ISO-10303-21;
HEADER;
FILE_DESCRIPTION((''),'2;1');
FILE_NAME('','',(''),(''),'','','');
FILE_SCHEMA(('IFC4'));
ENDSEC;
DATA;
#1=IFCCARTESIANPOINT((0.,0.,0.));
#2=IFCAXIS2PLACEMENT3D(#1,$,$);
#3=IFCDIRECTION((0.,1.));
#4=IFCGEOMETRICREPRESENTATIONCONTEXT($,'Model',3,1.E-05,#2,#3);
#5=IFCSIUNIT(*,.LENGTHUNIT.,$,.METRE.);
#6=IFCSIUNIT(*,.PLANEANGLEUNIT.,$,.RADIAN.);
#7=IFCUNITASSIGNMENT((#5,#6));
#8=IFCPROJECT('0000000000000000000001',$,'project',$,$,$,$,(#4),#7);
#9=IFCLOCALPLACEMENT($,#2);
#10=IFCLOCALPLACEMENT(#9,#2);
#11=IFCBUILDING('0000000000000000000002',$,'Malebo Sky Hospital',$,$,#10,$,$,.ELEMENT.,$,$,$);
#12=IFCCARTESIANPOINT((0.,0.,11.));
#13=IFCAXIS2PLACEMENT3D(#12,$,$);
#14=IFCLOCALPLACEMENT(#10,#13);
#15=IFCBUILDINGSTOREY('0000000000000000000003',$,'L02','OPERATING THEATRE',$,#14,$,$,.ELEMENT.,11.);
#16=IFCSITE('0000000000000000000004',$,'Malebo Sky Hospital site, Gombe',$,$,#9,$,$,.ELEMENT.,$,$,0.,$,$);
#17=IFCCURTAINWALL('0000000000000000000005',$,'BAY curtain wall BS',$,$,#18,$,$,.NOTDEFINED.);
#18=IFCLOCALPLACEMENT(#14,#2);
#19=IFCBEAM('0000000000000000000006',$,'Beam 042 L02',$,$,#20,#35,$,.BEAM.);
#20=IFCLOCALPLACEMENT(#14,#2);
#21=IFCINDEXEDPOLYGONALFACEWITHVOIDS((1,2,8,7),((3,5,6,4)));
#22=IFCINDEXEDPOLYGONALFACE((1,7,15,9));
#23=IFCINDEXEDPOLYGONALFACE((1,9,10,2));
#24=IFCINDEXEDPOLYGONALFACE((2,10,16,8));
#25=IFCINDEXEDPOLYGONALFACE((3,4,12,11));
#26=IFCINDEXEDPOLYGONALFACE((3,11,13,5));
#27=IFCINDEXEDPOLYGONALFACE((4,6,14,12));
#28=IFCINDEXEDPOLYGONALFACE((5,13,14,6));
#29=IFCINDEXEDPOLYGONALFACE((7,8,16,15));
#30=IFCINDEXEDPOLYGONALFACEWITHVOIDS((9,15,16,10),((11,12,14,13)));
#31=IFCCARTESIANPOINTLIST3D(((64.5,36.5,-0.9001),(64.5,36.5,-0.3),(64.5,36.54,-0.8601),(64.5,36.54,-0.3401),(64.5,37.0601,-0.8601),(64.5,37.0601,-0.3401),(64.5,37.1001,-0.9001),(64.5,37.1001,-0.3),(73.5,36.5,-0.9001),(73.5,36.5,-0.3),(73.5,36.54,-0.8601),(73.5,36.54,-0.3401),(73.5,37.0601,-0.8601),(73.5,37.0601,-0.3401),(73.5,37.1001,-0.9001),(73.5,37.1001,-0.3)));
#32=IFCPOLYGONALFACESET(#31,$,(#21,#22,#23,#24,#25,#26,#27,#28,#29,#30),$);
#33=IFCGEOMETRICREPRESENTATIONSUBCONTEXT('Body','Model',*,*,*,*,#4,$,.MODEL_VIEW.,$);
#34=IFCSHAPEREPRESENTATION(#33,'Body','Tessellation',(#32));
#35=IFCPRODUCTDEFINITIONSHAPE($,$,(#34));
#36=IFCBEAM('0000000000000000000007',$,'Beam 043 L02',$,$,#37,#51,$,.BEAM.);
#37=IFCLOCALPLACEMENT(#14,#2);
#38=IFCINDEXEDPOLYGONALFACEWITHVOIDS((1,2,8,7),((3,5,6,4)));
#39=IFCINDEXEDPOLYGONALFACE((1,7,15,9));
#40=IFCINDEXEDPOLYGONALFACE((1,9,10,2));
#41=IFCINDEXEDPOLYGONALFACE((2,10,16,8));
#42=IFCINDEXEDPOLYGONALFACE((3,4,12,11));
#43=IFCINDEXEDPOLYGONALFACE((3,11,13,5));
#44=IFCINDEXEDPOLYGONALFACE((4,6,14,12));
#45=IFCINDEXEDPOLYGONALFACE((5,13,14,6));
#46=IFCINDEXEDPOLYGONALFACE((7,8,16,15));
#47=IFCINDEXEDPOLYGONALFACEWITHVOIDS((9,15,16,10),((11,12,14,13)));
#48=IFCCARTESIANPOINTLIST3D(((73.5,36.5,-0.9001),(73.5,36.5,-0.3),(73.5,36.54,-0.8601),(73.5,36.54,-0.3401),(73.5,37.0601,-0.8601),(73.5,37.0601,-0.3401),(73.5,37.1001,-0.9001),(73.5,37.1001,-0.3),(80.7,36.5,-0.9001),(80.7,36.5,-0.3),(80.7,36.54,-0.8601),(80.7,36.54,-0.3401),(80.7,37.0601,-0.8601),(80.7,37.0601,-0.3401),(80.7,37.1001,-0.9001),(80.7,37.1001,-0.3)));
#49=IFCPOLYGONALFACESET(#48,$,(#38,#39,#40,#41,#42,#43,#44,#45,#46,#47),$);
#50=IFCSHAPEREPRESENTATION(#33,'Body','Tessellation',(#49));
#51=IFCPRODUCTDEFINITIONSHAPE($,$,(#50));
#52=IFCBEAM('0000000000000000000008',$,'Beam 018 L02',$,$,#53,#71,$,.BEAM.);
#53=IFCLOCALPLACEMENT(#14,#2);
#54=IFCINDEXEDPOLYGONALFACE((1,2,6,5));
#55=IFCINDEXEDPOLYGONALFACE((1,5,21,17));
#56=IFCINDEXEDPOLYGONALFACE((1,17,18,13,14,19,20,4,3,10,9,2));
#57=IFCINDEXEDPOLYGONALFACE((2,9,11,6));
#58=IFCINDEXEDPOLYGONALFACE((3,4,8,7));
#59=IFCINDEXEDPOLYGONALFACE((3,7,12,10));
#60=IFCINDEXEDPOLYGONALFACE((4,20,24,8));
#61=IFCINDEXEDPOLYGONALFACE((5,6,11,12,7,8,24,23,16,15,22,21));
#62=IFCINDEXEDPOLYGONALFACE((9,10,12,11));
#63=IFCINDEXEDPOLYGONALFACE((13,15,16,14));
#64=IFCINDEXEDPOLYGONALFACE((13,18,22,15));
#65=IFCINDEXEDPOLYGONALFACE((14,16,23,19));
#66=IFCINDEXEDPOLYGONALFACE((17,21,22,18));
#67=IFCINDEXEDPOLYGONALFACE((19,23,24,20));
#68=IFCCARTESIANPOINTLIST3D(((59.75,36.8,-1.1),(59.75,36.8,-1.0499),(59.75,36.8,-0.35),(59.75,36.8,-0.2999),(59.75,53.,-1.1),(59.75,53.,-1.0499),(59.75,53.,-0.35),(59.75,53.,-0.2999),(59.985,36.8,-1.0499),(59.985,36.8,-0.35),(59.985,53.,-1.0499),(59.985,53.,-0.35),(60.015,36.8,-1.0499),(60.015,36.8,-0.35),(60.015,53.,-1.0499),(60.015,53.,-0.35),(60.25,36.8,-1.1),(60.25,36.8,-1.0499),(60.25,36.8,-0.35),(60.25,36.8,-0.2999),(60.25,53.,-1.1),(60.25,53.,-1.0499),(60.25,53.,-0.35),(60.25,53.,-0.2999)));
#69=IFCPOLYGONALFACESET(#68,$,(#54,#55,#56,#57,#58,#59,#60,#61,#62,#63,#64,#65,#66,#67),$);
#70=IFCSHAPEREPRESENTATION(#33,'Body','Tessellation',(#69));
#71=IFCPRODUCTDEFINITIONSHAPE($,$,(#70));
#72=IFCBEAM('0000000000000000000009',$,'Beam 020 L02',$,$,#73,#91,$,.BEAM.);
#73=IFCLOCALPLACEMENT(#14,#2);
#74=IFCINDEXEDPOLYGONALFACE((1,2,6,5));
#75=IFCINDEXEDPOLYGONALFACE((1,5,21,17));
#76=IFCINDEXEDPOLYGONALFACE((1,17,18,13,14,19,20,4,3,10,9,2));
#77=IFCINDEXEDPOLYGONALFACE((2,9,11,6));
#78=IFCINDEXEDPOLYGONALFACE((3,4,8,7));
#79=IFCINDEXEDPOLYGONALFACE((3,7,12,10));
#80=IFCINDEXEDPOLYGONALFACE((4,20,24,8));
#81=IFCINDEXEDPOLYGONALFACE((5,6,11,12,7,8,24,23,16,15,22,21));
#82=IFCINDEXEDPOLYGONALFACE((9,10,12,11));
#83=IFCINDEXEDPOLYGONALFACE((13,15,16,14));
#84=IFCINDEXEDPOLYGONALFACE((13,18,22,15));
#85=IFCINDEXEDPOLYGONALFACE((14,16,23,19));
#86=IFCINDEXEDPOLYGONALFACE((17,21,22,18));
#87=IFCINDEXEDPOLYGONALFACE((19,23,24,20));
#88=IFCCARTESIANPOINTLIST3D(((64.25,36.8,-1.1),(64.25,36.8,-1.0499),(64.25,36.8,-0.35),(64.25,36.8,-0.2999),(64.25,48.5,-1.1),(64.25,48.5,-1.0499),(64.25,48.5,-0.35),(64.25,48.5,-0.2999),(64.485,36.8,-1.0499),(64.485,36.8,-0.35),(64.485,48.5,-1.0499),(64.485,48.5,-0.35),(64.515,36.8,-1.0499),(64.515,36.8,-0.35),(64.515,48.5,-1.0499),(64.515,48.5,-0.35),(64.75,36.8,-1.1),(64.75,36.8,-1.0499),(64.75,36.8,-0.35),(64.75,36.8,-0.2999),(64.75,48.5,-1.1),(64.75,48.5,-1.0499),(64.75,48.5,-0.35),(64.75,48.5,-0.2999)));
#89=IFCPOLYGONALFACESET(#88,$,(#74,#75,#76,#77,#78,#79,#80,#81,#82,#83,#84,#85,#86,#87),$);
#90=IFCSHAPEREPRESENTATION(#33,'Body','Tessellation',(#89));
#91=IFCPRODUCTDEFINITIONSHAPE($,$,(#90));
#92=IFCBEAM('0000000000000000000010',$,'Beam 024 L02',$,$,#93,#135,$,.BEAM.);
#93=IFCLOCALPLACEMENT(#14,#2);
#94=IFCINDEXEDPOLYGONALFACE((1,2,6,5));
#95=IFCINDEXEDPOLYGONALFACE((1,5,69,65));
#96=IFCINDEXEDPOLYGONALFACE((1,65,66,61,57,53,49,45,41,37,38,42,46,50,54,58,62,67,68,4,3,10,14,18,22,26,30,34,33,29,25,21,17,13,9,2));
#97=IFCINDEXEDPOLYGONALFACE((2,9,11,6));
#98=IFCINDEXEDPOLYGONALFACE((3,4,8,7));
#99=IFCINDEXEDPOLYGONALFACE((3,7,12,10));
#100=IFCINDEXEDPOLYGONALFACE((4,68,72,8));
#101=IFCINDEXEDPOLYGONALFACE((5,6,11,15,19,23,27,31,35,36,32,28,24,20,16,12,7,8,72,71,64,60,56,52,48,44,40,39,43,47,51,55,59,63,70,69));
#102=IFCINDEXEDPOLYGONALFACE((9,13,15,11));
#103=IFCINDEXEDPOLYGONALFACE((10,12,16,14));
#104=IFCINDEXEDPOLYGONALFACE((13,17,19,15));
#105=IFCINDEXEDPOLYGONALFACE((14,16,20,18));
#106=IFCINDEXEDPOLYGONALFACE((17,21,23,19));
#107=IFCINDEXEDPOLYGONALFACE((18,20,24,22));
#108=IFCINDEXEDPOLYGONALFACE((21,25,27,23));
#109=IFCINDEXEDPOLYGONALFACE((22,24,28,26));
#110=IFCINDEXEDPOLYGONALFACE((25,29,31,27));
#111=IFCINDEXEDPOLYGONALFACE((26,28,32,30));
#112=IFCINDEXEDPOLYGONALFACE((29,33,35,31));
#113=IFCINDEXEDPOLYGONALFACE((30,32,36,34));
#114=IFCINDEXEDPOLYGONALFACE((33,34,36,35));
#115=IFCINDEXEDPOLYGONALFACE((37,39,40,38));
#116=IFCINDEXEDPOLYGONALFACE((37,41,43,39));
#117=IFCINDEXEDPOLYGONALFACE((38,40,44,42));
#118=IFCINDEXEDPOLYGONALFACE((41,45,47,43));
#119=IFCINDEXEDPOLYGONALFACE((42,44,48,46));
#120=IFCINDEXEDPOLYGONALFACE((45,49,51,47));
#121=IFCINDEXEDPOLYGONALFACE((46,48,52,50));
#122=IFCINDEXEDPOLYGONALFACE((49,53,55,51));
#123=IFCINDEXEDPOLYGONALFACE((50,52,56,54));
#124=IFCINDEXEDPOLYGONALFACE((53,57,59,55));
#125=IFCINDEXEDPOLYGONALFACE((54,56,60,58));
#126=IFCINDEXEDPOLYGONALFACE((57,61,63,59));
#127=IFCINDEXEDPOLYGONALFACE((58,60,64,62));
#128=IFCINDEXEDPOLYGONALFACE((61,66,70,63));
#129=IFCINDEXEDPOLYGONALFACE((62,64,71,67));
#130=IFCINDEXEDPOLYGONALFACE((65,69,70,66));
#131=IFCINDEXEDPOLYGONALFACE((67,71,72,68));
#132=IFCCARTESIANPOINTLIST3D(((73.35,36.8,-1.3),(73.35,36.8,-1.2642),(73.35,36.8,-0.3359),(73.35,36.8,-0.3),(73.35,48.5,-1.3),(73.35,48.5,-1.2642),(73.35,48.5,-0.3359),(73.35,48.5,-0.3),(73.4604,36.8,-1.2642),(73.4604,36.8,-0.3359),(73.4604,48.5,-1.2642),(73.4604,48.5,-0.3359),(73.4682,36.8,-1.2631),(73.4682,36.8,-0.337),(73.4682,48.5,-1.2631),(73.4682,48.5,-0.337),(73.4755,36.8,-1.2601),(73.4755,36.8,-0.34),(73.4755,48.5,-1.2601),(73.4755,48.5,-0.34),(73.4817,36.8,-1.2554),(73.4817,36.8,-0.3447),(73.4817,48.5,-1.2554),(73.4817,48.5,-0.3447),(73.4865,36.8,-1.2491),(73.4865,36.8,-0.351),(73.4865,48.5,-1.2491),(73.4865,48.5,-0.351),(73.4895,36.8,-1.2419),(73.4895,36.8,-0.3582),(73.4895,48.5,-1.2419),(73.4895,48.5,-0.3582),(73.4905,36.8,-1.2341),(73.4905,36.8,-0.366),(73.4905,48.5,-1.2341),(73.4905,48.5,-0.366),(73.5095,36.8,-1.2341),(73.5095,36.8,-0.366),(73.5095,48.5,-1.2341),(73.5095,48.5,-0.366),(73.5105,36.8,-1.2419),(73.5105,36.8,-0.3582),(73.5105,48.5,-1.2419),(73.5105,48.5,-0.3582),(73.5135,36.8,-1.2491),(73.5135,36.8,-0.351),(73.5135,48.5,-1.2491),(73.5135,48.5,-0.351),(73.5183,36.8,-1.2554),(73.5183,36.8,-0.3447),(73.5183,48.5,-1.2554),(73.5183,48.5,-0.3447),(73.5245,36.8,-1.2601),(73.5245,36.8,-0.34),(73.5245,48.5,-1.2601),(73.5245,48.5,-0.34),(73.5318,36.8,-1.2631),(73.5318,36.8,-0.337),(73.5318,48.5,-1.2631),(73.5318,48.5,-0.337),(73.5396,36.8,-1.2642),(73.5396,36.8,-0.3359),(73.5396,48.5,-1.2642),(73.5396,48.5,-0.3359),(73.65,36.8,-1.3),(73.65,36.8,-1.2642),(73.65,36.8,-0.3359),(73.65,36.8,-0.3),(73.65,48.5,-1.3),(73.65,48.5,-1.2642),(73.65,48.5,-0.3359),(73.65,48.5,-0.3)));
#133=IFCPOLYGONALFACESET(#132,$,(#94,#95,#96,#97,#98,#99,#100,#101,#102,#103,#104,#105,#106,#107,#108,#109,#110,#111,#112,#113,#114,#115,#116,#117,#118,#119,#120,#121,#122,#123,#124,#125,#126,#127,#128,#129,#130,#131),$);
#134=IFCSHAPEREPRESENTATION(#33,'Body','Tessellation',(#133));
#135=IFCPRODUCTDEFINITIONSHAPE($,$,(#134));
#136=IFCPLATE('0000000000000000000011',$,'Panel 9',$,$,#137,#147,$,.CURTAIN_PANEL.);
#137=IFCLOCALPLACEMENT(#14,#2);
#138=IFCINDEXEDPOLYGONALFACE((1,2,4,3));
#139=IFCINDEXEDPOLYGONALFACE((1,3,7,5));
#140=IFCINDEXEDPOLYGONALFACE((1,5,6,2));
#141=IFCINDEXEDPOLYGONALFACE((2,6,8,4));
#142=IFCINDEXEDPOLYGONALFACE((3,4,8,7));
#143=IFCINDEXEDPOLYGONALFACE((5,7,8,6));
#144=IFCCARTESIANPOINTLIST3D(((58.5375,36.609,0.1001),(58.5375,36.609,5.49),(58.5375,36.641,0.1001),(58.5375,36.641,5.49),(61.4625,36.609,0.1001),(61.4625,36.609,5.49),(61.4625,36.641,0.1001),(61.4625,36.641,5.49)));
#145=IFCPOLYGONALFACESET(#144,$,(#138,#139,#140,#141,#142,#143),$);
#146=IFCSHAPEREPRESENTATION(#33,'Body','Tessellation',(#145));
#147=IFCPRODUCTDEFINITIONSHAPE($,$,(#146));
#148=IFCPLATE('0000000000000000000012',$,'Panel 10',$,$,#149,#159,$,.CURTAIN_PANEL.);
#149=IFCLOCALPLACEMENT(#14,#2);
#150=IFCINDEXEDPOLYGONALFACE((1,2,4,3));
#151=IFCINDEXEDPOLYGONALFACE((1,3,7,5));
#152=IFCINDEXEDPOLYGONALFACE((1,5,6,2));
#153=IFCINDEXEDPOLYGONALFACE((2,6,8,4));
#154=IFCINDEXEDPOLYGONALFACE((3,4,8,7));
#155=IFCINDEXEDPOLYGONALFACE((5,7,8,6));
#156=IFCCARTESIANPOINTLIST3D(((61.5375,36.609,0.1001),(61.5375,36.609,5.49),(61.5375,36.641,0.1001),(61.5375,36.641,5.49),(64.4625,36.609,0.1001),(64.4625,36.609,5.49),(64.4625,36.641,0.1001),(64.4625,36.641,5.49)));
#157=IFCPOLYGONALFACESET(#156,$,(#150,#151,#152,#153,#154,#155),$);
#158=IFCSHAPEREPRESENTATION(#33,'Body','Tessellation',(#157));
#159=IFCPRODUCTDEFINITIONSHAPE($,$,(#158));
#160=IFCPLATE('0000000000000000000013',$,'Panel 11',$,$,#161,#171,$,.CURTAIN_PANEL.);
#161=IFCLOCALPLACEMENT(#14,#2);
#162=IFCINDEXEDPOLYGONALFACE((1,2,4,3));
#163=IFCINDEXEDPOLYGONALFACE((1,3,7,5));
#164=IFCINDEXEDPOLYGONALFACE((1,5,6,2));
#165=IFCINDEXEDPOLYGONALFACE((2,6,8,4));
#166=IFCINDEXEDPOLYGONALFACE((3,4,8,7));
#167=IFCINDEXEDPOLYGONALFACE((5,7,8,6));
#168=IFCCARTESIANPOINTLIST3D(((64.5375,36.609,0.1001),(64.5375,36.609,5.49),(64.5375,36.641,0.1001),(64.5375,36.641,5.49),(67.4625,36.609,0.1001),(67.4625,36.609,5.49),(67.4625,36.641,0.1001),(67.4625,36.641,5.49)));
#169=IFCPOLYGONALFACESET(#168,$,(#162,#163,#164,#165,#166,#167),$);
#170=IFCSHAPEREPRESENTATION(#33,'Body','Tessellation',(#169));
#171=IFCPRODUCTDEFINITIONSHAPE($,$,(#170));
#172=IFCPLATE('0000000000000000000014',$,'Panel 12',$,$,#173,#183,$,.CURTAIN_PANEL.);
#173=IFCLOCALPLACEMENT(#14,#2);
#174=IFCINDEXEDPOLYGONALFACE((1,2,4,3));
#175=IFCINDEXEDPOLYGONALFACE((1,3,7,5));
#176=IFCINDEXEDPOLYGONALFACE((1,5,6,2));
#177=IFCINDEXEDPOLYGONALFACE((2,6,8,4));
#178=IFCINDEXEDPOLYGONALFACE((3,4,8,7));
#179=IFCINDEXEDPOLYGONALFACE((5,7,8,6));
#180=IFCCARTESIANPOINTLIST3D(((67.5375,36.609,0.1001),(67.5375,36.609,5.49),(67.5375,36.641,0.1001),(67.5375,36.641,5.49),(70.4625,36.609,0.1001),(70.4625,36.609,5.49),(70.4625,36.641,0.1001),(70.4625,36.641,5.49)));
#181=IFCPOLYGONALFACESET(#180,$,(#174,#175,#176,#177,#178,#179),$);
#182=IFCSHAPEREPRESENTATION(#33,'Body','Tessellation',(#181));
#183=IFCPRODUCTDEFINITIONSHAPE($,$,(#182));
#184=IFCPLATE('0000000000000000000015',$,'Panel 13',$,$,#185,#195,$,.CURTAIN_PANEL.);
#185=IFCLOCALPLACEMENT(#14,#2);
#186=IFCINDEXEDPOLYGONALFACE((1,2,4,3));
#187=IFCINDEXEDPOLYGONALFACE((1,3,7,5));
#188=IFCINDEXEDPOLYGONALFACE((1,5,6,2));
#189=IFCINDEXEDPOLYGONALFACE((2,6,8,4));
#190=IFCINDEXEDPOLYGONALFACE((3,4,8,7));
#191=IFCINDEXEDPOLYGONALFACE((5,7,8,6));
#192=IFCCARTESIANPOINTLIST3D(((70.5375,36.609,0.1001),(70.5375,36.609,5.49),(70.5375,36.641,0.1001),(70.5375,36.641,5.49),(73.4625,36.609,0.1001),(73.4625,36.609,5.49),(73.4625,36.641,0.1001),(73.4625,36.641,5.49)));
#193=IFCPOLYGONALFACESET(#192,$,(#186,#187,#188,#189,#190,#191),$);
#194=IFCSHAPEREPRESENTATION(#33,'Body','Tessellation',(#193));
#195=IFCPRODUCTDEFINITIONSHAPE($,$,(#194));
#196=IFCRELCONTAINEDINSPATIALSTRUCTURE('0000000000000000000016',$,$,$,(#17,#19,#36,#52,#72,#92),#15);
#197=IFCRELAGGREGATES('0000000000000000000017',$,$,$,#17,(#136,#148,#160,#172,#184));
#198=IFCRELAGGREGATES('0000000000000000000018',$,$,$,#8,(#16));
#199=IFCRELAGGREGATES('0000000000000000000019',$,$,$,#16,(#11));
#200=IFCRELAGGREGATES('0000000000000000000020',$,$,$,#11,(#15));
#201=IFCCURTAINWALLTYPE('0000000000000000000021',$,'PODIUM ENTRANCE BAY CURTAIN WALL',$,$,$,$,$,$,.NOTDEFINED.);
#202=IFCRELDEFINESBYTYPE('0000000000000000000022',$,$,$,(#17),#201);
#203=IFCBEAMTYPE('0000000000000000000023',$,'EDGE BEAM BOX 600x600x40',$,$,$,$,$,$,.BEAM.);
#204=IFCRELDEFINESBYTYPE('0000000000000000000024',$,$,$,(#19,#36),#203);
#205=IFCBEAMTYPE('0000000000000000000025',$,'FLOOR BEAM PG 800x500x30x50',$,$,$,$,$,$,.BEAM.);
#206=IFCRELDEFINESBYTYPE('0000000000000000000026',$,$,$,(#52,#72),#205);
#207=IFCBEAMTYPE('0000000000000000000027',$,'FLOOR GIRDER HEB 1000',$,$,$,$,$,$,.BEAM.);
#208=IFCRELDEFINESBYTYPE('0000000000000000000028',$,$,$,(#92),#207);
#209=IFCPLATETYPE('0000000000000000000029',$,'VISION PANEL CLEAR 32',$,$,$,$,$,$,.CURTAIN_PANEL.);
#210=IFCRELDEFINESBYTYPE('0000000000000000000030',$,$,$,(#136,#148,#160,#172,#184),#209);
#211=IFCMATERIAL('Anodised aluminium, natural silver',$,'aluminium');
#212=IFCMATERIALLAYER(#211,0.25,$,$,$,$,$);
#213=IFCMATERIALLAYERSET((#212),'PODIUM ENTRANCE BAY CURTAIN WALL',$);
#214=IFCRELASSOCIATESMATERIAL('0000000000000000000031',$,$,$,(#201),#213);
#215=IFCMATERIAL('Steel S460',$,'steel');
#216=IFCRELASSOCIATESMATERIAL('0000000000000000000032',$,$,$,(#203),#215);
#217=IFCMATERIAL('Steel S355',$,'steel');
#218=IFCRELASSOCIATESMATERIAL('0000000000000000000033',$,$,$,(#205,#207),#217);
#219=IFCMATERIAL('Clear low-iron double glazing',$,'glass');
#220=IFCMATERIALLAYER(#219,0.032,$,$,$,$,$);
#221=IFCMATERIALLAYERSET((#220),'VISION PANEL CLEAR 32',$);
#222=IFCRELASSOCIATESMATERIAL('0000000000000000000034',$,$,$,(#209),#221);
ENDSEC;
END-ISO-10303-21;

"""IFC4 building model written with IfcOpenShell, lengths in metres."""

from ifc_helpers import new_model, si_unit, direction, frame, origin, origin_2d, place, context, subcontext, project, spatial, rectangle, hollow_rectangle, i_section, extrude, material, layer, layer_set, material_profile, profile_set, type_object, element, aggregate, save


model = new_model("IFC4")

# Units and contexts
model_context = context("Model", 3, precision=1e-05, world=origin(), true_north=direction((0.0, 1.0)))
body_context = subcontext(model_context, "Body", "Model", "MODEL_VIEW")
ifc_project = project(units=[si_unit("LENGTHUNIT", "METRE"), si_unit("PLANEANGLEUNIT", "RADIAN")], contexts=[model_context])

# Site, building, storey
site_placement = place(None, origin())
site = spatial("IfcSite", under=ifc_project, at=site_placement, Name="Malebo Sky Hospital site, Gombe", CompositionType="ELEMENT", RefElevation=0.0)
building_placement = place(site_placement, origin())
building = spatial("IfcBuilding", under=site, at=building_placement, Name="Malebo Sky Hospital", CompositionType="ELEMENT")
storey_placement = place(building_placement, frame((0.0, 0.0, 11.0)))
storey = spatial("IfcBuildingStorey", under=building, at=storey_placement, Name="L02", Description="OPERATING THEATRE", CompositionType="ELEMENT", Elevation=11.0)

# Shared definitions
ifc_material_1 = material(Name="Steel S460", Category="steel")

# Curtain wall
ifc_material_2 = material(Name="Anodised aluminium, natural silver", Category="aluminium")
ifc_layer_1 = layer(ifc_material_2, 0.25)
ifc_layer_set_1 = layer_set([ifc_layer_1], Name="PODIUM ENTRANCE BAY CURTAIN WALL")
curtain_wall_type = type_object("IfcCurtainWallType", Name="PODIUM ENTRANCE BAY CURTAIN WALL", PredefinedType="NOTDEFINED", material=ifc_layer_set_1)
curtain_wall_placement = place(storey_placement, origin())
curtain_wall = element("IfcCurtainWall", 1, at=curtain_wall_placement, inside=storey, type_object=curtain_wall_type, Name="BAY curtain wall BS", PredefinedType="NOTDEFINED")

# Beams
ifc_material_profile_1 = material_profile(ifc_material_1, hollow_rectangle(XDim=0.6001, YDim=0.6001, WallThickness=0.04, at=origin_2d()), Name="BOX 600x600x40")
ifc_profile_set_1 = profile_set([ifc_material_profile_1], Name="Steel S460")
beam_type_1 = type_object("IfcBeamType", Name="EDGE BEAM BOX 600x600x40", PredefinedType="BEAM", material=ifc_profile_set_1)
beam_1_placement = place(storey_placement, frame((64.5, 36.8, -0.6001), z_axis=(1.0, 0.0, 0.0), x_axis=(0.0, 1.0, 0.0)))
element("IfcBeam", 2, at=beam_1_placement, inside=storey, type_object=beam_type_1, Name="Beam 042 L02", PredefinedType="BEAM", context=body_context, shape_type="SweptSolid", body=[
    extrude(hollow_rectangle(XDim=0.6001, YDim=0.6001, WallThickness=0.04, at=origin_2d()), origin(), (0.0, 0.0, 1.0), 9.0),
])
beam_2_placement = place(storey_placement, frame((73.5, 36.8, -0.6001), z_axis=(1.0, 0.0, 0.0), x_axis=(0.0, 1.0, 0.0)))
element("IfcBeam", 3, at=beam_2_placement, inside=storey, type_object=beam_type_1, Name="Beam 043 L02", PredefinedType="BEAM", context=body_context, shape_type="SweptSolid", body=[
    extrude(hollow_rectangle(XDim=0.6001, YDim=0.6001, WallThickness=0.04, at=origin_2d()), origin(), (0.0, 0.0, 1.0), 7.2),
])
ifc_material_3 = material(Name="Steel S355", Category="steel")
ifc_material_profile_2 = material_profile(ifc_material_3, i_section(OverallWidth=0.5, OverallDepth=0.8, WebThickness=0.03, FlangeThickness=0.05, at=origin_2d()), Name="PG 800x500x30x50")
ifc_profile_set_2 = profile_set([ifc_material_profile_2], Name="Steel S355")
beam_type_2 = type_object("IfcBeamType", Name="FLOOR BEAM PG 800x500x30x50", PredefinedType="BEAM", material=ifc_profile_set_2)
beam_3_placement = place(storey_placement, frame((60.0, 36.8, -0.7), z_axis=(0.0, 1.0, 0.0), x_axis=(-1.0, 0.0, 0.0)))
element("IfcBeam", 4, at=beam_3_placement, inside=storey, type_object=beam_type_2, Name="Beam 018 L02", PredefinedType="BEAM", context=body_context, shape_type="SweptSolid", body=[
    extrude(i_section(OverallWidth=0.5, OverallDepth=0.8, WebThickness=0.03, FlangeThickness=0.05, at=origin_2d()), origin(), (0.0, 0.0, 1.0), 16.2),
])
beam_4_placement = place(storey_placement, frame((64.5, 36.8, -0.7), z_axis=(0.0, 1.0, 0.0), x_axis=(-1.0, 0.0, 0.0)))
element("IfcBeam", 5, at=beam_4_placement, inside=storey, type_object=beam_type_2, Name="Beam 020 L02", PredefinedType="BEAM", context=body_context, shape_type="SweptSolid", body=[
    extrude(i_section(OverallWidth=0.5, OverallDepth=0.8, WebThickness=0.03, FlangeThickness=0.05, at=origin_2d()), origin(), (0.0, 0.0, 1.0), 11.7),
])
ifc_material_profile_3 = material_profile(ifc_material_3, i_section(OverallWidth=0.3, OverallDepth=1.0, WebThickness=0.019, FlangeThickness=0.0359, FilletRadius=0.03, at=origin_2d()), Name="HEB 1000")
ifc_profile_set_3 = profile_set([ifc_material_profile_3], Name="Steel S355")
beam_type_3 = type_object("IfcBeamType", Name="FLOOR GIRDER HEB 1000", PredefinedType="BEAM", material=ifc_profile_set_3)
beam_5_placement = place(storey_placement, frame((73.5, 36.8, -0.8), z_axis=(0.0, 1.0, 0.0), x_axis=(-1.0, 0.0, 0.0)))
element("IfcBeam", 6, at=beam_5_placement, inside=storey, type_object=beam_type_3, Name="Beam 024 L02", PredefinedType="BEAM", context=body_context, shape_type="SweptSolid", body=[
    extrude(i_section(OverallWidth=0.3, OverallDepth=1.0, WebThickness=0.019, FlangeThickness=0.0359, FilletRadius=0.03, at=origin_2d()), origin(), (0.0, 0.0, 1.0), 11.7),
])

# Plates
ifc_material_4 = material(Name="Clear low-iron double glazing", Category="glass")
ifc_layer_2 = layer(ifc_material_4, 0.032)
ifc_layer_set_2 = layer_set([ifc_layer_2], Name="VISION PANEL CLEAR 32")
plate_type = type_object("IfcPlateType", Name="VISION PANEL CLEAR 32", PredefinedType="CURTAIN_PANEL", material=ifc_layer_set_2)
plate_1_placement = place(storey_placement, frame((60.0, 36.625, 0.1001), z_axis=(0.0, 0.0, 1.0), x_axis=(1.0, 0.0, 0.0)))
plate_1 = element("IfcPlate", 7, at=plate_1_placement, type_object=plate_type, Name="Panel 9", PredefinedType="CURTAIN_PANEL", context=body_context, shape_type="SweptSolid", body=[
    extrude(rectangle(XDim=2.925, YDim=0.032, at=origin_2d()), origin(), (0.0, 0.0, 1.0), 5.3899),
])
plate_2_placement = place(storey_placement, frame((63.0, 36.625, 0.1001), z_axis=(0.0, 0.0, 1.0), x_axis=(1.0, 0.0, 0.0)))
plate_2 = element("IfcPlate", 8, at=plate_2_placement, type_object=plate_type, Name="Panel 10", PredefinedType="CURTAIN_PANEL", context=body_context, shape_type="SweptSolid", body=[
    extrude(rectangle(XDim=2.925, YDim=0.032, at=origin_2d()), origin(), (0.0, 0.0, 1.0), 5.3899),
])
plate_3_placement = place(storey_placement, frame((66.0, 36.625, 0.1001), z_axis=(0.0, 0.0, 1.0), x_axis=(1.0, 0.0, 0.0)))
plate_3 = element("IfcPlate", 9, at=plate_3_placement, type_object=plate_type, Name="Panel 11", PredefinedType="CURTAIN_PANEL", context=body_context, shape_type="SweptSolid", body=[
    extrude(rectangle(XDim=2.925, YDim=0.032, at=origin_2d()), origin(), (0.0, 0.0, 1.0), 5.3899),
])
plate_4_placement = place(storey_placement, frame((69.0, 36.625, 0.1001), z_axis=(0.0, 0.0, 1.0), x_axis=(1.0, 0.0, 0.0)))
plate_4 = element("IfcPlate", 10, at=plate_4_placement, type_object=plate_type, Name="Panel 12", PredefinedType="CURTAIN_PANEL", context=body_context, shape_type="SweptSolid", body=[
    extrude(rectangle(XDim=2.925, YDim=0.032, at=origin_2d()), origin(), (0.0, 0.0, 1.0), 5.3899),
])
plate_5_placement = place(storey_placement, frame((72.0, 36.625, 0.1001), z_axis=(0.0, 0.0, 1.0), x_axis=(1.0, 0.0, 0.0)))
plate_5 = element("IfcPlate", 11, at=plate_5_placement, type_object=plate_type, Name="Panel 13", PredefinedType="CURTAIN_PANEL", context=body_context, shape_type="SweptSolid", body=[
    extrude(rectangle(XDim=2.925, YDim=0.032, at=origin_2d()), origin(), (0.0, 0.0, 1.0), 5.3899),
])
aggregate(curtain_wall, [plate_1, plate_2, plate_3, plate_4, plate_5])

save(model, "model.ifc")
